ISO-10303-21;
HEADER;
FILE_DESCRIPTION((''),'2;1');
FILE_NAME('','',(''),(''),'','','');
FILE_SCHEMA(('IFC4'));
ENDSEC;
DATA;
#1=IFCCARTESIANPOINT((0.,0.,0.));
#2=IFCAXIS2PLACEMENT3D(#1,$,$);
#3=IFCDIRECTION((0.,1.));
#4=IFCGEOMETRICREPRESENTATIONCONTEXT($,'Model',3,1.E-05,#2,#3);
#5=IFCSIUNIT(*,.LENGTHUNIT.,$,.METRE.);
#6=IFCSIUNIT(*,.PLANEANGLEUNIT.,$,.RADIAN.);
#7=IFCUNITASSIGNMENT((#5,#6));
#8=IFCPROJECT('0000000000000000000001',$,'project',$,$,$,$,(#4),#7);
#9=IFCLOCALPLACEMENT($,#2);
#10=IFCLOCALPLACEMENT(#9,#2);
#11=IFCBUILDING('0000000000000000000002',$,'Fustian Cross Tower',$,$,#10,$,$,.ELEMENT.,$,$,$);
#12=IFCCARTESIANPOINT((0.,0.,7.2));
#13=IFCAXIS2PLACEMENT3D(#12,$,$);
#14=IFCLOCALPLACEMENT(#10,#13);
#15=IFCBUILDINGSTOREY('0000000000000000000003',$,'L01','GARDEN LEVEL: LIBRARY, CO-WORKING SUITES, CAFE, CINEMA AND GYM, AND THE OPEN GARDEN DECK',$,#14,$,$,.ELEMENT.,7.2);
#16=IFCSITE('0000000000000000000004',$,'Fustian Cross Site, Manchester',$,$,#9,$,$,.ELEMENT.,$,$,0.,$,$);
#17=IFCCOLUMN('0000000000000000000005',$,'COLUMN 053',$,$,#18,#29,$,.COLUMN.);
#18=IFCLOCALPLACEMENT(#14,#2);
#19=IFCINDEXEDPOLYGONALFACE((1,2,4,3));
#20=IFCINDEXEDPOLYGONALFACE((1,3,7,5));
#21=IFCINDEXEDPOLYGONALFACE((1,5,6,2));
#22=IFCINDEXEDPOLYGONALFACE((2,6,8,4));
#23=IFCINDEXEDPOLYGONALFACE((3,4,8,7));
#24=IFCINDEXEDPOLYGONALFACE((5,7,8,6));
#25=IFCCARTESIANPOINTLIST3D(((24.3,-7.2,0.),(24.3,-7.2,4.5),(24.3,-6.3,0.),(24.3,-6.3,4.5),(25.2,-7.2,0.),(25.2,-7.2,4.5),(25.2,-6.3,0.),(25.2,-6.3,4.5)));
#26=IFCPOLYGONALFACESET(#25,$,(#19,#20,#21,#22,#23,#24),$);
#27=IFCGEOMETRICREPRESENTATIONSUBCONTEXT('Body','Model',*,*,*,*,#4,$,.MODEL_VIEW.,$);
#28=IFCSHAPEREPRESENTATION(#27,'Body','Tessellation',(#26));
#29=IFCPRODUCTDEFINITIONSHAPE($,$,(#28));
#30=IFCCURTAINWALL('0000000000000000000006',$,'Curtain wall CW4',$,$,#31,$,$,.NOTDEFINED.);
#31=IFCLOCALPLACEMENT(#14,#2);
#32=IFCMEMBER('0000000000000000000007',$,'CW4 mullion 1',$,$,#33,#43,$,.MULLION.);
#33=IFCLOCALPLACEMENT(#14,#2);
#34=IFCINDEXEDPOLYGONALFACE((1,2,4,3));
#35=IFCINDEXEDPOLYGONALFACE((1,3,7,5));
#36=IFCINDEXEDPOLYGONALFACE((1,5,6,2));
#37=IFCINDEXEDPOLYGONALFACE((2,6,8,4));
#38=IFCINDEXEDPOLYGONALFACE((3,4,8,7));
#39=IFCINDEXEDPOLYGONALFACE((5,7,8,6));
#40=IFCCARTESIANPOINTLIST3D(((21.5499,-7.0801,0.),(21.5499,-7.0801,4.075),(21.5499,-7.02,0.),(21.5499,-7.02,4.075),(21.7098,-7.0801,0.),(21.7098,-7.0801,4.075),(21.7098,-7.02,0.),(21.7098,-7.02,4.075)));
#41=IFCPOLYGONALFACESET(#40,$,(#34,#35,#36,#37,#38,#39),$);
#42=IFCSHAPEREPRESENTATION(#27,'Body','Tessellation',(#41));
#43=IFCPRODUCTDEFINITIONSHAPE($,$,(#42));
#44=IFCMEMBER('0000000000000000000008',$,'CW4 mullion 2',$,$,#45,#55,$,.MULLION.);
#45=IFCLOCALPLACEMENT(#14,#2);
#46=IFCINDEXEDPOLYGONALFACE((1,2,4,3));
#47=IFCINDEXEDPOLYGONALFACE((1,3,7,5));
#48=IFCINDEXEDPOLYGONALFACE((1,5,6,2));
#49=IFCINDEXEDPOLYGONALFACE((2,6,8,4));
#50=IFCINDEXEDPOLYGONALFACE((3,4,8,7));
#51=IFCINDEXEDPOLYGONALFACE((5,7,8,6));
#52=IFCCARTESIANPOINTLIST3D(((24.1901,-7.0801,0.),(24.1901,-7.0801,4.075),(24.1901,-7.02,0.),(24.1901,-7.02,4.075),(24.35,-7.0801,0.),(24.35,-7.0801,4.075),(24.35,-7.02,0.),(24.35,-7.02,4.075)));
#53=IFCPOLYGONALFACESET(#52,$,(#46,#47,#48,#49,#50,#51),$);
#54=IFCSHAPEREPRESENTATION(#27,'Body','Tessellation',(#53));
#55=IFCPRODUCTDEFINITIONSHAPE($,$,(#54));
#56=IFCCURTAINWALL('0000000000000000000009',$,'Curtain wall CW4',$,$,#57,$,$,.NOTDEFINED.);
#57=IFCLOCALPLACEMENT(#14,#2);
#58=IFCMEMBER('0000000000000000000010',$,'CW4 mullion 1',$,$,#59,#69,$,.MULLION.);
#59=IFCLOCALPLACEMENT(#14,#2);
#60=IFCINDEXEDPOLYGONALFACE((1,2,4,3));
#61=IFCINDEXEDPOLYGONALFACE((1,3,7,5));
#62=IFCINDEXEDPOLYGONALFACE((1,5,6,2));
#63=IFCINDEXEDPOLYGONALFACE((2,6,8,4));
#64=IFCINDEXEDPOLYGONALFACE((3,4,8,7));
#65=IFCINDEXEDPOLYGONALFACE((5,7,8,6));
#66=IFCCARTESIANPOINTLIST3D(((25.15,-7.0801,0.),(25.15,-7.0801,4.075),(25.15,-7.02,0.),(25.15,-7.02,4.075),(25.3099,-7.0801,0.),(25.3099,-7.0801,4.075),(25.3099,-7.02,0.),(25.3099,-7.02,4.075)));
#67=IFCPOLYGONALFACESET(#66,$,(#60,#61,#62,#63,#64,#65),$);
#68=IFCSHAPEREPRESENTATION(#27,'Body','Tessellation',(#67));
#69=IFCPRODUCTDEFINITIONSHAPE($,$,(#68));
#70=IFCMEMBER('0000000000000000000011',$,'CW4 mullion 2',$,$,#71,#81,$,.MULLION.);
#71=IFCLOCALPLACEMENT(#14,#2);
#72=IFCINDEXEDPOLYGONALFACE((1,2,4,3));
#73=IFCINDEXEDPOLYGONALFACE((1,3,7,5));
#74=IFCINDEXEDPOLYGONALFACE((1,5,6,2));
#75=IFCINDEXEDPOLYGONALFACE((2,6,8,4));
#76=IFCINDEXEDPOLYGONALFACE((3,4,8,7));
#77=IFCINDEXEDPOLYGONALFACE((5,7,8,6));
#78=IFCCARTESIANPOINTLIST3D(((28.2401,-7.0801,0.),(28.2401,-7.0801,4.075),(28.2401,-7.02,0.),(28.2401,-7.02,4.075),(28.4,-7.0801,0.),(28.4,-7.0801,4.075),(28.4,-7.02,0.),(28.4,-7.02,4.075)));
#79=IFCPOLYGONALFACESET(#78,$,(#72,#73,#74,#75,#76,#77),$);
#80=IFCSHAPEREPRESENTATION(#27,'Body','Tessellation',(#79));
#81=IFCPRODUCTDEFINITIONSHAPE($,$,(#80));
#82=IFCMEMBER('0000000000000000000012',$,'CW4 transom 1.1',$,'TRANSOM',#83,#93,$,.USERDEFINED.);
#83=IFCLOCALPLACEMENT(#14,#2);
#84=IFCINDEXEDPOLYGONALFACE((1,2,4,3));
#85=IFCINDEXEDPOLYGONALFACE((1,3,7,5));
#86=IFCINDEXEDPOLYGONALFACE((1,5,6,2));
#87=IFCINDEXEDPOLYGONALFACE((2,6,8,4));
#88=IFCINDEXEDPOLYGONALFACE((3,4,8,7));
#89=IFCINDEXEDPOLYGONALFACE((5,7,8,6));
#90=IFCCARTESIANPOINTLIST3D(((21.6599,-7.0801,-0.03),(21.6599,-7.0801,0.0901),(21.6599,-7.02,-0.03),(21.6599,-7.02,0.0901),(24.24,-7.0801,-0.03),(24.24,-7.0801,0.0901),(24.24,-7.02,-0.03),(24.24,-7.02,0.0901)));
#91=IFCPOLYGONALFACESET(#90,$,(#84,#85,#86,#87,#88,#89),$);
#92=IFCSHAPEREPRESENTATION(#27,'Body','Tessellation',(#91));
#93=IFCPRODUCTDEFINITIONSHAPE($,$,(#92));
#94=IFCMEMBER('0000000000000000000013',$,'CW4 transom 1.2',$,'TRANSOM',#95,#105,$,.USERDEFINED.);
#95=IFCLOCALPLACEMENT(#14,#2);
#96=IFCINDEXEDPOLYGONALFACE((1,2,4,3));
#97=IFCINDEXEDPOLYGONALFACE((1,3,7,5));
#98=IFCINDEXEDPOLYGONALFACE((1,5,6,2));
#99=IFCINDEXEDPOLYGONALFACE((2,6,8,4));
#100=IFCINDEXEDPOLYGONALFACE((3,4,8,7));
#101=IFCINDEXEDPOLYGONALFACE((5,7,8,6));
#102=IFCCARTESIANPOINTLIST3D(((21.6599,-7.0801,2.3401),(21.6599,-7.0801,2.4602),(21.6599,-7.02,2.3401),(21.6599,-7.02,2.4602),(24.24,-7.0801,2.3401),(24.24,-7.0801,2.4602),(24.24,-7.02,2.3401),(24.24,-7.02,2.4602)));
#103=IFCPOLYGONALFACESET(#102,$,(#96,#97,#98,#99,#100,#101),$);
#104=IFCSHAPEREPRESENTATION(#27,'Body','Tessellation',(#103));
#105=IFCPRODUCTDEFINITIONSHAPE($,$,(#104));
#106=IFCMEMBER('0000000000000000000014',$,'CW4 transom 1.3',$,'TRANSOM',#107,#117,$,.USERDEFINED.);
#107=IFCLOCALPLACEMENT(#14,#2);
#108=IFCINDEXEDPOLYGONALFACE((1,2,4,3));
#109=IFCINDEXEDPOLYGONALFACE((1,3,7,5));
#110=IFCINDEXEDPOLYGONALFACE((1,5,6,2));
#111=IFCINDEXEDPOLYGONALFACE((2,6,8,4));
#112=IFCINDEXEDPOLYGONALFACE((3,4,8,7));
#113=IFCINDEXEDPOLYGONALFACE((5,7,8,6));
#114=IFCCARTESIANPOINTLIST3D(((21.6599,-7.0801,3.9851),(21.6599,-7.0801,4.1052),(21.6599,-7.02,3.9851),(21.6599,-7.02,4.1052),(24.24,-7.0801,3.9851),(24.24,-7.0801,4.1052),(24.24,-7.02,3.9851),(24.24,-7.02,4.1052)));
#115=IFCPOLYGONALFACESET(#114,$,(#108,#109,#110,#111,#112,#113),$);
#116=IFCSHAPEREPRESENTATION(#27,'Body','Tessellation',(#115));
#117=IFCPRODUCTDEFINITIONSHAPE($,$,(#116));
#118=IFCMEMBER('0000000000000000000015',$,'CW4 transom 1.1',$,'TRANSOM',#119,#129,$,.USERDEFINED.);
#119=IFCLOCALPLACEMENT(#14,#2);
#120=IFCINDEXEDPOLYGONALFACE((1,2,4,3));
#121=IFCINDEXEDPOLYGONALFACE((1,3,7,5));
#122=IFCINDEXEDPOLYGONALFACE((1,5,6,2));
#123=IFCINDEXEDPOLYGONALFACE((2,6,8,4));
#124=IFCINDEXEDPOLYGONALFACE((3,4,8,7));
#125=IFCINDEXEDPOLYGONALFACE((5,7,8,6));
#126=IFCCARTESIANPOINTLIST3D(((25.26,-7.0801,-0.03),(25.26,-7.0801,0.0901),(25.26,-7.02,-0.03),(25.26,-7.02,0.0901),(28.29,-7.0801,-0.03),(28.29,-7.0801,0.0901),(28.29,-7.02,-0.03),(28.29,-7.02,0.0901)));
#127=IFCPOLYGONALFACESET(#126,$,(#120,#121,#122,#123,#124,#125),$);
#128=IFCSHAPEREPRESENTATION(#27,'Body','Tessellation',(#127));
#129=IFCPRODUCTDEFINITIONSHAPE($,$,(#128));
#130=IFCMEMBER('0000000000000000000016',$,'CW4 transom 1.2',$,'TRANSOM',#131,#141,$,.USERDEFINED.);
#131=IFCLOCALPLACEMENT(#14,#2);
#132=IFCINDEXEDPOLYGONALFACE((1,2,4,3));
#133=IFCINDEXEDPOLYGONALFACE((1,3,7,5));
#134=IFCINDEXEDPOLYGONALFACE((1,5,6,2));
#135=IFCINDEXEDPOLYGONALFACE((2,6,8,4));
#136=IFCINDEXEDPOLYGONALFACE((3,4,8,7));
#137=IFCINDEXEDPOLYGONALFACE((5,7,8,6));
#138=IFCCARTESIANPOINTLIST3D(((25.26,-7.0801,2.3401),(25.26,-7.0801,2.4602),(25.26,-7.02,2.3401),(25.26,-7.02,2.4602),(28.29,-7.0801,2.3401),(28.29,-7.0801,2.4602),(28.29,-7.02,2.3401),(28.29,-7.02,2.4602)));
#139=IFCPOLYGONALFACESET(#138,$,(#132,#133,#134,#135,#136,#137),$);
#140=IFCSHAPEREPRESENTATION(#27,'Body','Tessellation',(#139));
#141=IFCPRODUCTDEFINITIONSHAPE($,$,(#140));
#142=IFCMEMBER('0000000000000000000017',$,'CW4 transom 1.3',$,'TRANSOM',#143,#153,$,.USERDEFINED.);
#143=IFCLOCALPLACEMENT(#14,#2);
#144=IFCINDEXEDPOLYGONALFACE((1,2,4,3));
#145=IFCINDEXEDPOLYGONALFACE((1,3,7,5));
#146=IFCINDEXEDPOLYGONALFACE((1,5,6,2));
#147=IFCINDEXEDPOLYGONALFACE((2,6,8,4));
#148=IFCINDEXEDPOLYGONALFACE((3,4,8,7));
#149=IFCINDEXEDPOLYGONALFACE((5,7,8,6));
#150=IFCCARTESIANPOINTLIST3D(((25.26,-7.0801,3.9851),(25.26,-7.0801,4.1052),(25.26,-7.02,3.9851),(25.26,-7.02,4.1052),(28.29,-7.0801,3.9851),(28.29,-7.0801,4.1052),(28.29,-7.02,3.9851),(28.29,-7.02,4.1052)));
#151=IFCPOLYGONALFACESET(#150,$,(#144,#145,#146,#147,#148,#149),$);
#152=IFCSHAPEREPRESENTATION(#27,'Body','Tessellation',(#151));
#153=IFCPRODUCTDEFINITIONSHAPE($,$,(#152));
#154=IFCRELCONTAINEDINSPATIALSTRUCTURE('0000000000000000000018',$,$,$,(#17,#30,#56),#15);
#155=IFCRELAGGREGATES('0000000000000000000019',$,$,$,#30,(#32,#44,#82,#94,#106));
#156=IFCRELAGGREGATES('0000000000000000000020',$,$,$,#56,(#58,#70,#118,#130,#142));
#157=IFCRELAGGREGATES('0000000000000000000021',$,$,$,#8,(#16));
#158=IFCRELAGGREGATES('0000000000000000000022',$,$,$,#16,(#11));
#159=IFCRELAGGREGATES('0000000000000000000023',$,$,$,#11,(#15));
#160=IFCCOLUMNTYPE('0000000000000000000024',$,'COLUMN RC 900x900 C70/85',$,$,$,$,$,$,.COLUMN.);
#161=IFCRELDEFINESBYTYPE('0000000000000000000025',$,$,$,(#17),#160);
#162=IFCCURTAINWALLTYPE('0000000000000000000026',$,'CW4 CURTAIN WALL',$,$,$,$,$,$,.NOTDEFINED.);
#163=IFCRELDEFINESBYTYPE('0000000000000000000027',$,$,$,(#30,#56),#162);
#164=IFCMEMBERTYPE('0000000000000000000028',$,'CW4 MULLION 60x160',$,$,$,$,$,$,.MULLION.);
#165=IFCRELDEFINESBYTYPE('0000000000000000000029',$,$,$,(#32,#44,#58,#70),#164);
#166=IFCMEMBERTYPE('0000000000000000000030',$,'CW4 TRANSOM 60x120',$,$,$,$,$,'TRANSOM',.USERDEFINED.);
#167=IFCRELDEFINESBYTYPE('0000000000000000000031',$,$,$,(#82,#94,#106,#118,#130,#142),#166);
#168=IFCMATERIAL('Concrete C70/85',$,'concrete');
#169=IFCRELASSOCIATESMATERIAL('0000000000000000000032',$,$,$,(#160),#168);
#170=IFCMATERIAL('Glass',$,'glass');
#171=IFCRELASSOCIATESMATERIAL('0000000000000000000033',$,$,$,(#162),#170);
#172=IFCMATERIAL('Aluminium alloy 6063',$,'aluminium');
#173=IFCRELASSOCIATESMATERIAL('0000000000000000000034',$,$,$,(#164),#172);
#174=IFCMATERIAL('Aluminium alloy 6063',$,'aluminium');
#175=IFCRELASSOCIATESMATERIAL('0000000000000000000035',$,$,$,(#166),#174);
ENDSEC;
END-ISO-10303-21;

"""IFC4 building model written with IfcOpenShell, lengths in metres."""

from ifc_helpers import new_model, si_unit, direction, frame, origin, origin_2d, place, context, subcontext, project, spatial, rectangle, extrude, material, material_profile, profile_set, type_object, element, aggregate, save


model = new_model("IFC4")

# Units and contexts
model_context = context("Model", 3, precision=1e-05, world=origin(), true_north=direction((0.0, 1.0)))
body_context = subcontext(model_context, "Body", "Model", "MODEL_VIEW")
ifc_project = project(units=[si_unit("LENGTHUNIT", "METRE"), si_unit("PLANEANGLEUNIT", "RADIAN")], contexts=[model_context])

# Site, building, storey
site_placement = place(None, origin())
site = spatial("IfcSite", under=ifc_project, at=site_placement, Name="Fustian Cross Site, Manchester", CompositionType="ELEMENT", RefElevation=0.0)
building_placement = place(site_placement, origin())
building = spatial("IfcBuilding", under=site, at=building_placement, Name="Fustian Cross Tower", CompositionType="ELEMENT")
storey_placement = place(building_placement, frame((0.0, 0.0, 7.2)))
storey = spatial("IfcBuildingStorey", under=building, at=storey_placement, Name="L01", Description="GARDEN LEVEL: LIBRARY, CO-WORKING SUITES, CAFE, CINEMA AND GYM, AND THE OPEN GARDEN DECK", CompositionType="ELEMENT", Elevation=7.2)

# Column
ifc_material_1 = material(Name="Concrete C70/85", Category="concrete")
ifc_material_profile_1 = material_profile(ifc_material_1, rectangle(XDim=0.8999, YDim=0.8999, at=origin_2d()), Name="RC 900x900")
ifc_profile_set_1 = profile_set([ifc_material_profile_1], Name="Concrete C70/85")
column_type = type_object("IfcColumnType", Name="COLUMN RC 900x900 C70/85", PredefinedType="COLUMN", material=ifc_profile_set_1)
column_placement = place(storey_placement, frame((24.75, -6.75, 0.0), z_axis=(0.0, 0.0, 1.0), x_axis=(1.0, 0.0, 0.0)))
element("IfcColumn", 1, at=column_placement, inside=storey, type_object=column_type, Name="COLUMN 053", PredefinedType="COLUMN", context=body_context, shape_type="SweptSolid", body=[
    extrude(rectangle(XDim=0.8999, YDim=0.8999, at=origin_2d()), origin(), (0.0, 0.0, 1.0), 4.5),
])

# Curtain walls, members
ifc_material_2 = material(Name="Glass", Category="glass")
curtain_wall_type = type_object("IfcCurtainWallType", Name="CW4 CURTAIN WALL", PredefinedType="NOTDEFINED", material=ifc_material_2)
curtain_wall_1_placement = place(storey_placement, origin())
curtain_wall_1 = element("IfcCurtainWall", 2, at=curtain_wall_1_placement, inside=storey, type_object=curtain_wall_type, Name="Curtain wall CW4", PredefinedType="NOTDEFINED")
ifc_material_3 = material(Name="Aluminium alloy 6063", Category="aluminium")
ifc_material_profile_2 = material_profile(ifc_material_3, rectangle(XDim=0.0601, YDim=0.1599, at=origin_2d()), Name="CW4 MULLION 60x160")
ifc_profile_set_2 = profile_set([ifc_material_profile_2], Name="Aluminium alloy 6063")
member_type_1 = type_object("IfcMemberType", Name="CW4 MULLION 60x160", PredefinedType="MULLION", material=ifc_profile_set_2)
member_1_placement = place(storey_placement, frame((21.6299, -7.05, 0.0), z_axis=(0.0, 0.0, 1.0), x_axis=(0.0, 1.0, 0.0)))
member_1 = element("IfcMember", 3, at=member_1_placement, type_object=member_type_1, Name="CW4 mullion 1", PredefinedType="MULLION", context=body_context, shape_type="SweptSolid", body=[
    extrude(rectangle(XDim=0.0601, YDim=0.1599, at=origin_2d()), origin(), (0.0, 0.0, 1.0), 4.075),
])
member_2_placement = place(storey_placement, frame((24.27, -7.05, 0.0), z_axis=(0.0, 0.0, 1.0), x_axis=(0.0, 1.0, 0.0)))
member_2 = element("IfcMember", 4, at=member_2_placement, type_object=member_type_1, Name="CW4 mullion 2", PredefinedType="MULLION", context=body_context, shape_type="SweptSolid", body=[
    extrude(rectangle(XDim=0.0601, YDim=0.1599, at=origin_2d()), origin(), (0.0, 0.0, 1.0), 4.075),
])
curtain_wall_2_placement = place(storey_placement, origin())
curtain_wall_2 = element("IfcCurtainWall", 5, at=curtain_wall_2_placement, inside=storey, type_object=curtain_wall_type, Name="Curtain wall CW4", PredefinedType="NOTDEFINED")
member_3_placement = place(storey_placement, frame((25.23, -7.05, 0.0), z_axis=(0.0, 0.0, 1.0), x_axis=(0.0, 1.0, 0.0)))
member_3 = element("IfcMember", 6, at=member_3_placement, type_object=member_type_1, Name="CW4 mullion 1", PredefinedType="MULLION", context=body_context, shape_type="SweptSolid", body=[
    extrude(rectangle(XDim=0.0601, YDim=0.1599, at=origin_2d()), origin(), (0.0, 0.0, 1.0), 4.075),
])
member_4_placement = place(storey_placement, frame((28.3201, -7.05, 0.0), z_axis=(0.0, 0.0, 1.0), x_axis=(0.0, 1.0, 0.0)))
member_4 = element("IfcMember", 7, at=member_4_placement, type_object=member_type_1, Name="CW4 mullion 2", PredefinedType="MULLION", context=body_context, shape_type="SweptSolid", body=[
    extrude(rectangle(XDim=0.0601, YDim=0.1599, at=origin_2d()), origin(), (0.0, 0.0, 1.0), 4.075),
])

# Members
ifc_material_4 = material(Name="Aluminium alloy 6063", Category="aluminium")
ifc_material_profile_3 = material_profile(ifc_material_4, rectangle(XDim=0.0601, YDim=0.1201, at=origin_2d()), Name="CW4 TRANSOM 60x120")
ifc_profile_set_3 = profile_set([ifc_material_profile_3], Name="Aluminium alloy 6063")
member_type_2 = type_object("IfcMemberType", Name="CW4 TRANSOM 60x120", ElementType="TRANSOM", PredefinedType="USERDEFINED", material=ifc_profile_set_3)
member_5_placement = place(storey_placement, frame((21.6599, -7.05, 0.03), z_axis=(1.0, 0.0, 0.0), x_axis=(0.0, 1.0, 0.0)))
member_5 = element("IfcMember", 8, at=member_5_placement, type_object=member_type_2, Name="CW4 transom 1.1", ObjectType="TRANSOM", PredefinedType="USERDEFINED", context=body_context, shape_type="SweptSolid", body=[
    extrude(rectangle(XDim=0.0601, YDim=0.1201, at=origin_2d()), origin(), (0.0, 0.0, 1.0), 2.5801),
])
member_6_placement = place(storey_placement, frame((21.6599, -7.05, 2.4001), z_axis=(1.0, 0.0, 0.0), x_axis=(0.0, 1.0, 0.0)))
member_6 = element("IfcMember", 9, at=member_6_placement, type_object=member_type_2, Name="CW4 transom 1.2", ObjectType="TRANSOM", PredefinedType="USERDEFINED", context=body_context, shape_type="SweptSolid", body=[
    extrude(rectangle(XDim=0.0601, YDim=0.1201, at=origin_2d()), origin(), (0.0, 0.0, 1.0), 2.5801),
])
member_7_placement = place(storey_placement, frame((21.6599, -7.05, 4.0452), z_axis=(1.0, 0.0, 0.0), x_axis=(0.0, 1.0, 0.0)))
member_7 = element("IfcMember", 10, at=member_7_placement, type_object=member_type_2, Name="CW4 transom 1.3", ObjectType="TRANSOM", PredefinedType="USERDEFINED", context=body_context, shape_type="SweptSolid", body=[
    extrude(rectangle(XDim=0.0601, YDim=0.1201, at=origin_2d()), origin(), (0.0, 0.0, 1.0), 2.5801),
])
member_8_placement = place(storey_placement, frame((25.26, -7.05, 0.03), z_axis=(1.0, 0.0, 0.0), x_axis=(0.0, 1.0, 0.0)))
member_8 = element("IfcMember", 11, at=member_8_placement, type_object=member_type_2, Name="CW4 transom 1.1", ObjectType="TRANSOM", PredefinedType="USERDEFINED", context=body_context, shape_type="SweptSolid", body=[
    extrude(rectangle(XDim=0.0601, YDim=0.1201, at=origin_2d()), origin(), (0.0, 0.0, 1.0), 3.03),
])
member_9_placement = place(storey_placement, frame((25.26, -7.05, 2.4001), z_axis=(1.0, 0.0, 0.0), x_axis=(0.0, 1.0, 0.0)))
member_9 = element("IfcMember", 12, at=member_9_placement, type_object=member_type_2, Name="CW4 transom 1.2", ObjectType="TRANSOM", PredefinedType="USERDEFINED", context=body_context, shape_type="SweptSolid", body=[
    extrude(rectangle(XDim=0.0601, YDim=0.1201, at=origin_2d()), origin(), (0.0, 0.0, 1.0), 3.03),
])
member_10_placement = place(storey_placement, frame((25.26, -7.05, 4.0452), z_axis=(1.0, 0.0, 0.0), x_axis=(0.0, 1.0, 0.0)))
member_10 = element("IfcMember", 13, at=member_10_placement, type_object=member_type_2, Name="CW4 transom 1.3", ObjectType="TRANSOM", PredefinedType="USERDEFINED", context=body_context, shape_type="SweptSolid", body=[
    extrude(rectangle(XDim=0.0601, YDim=0.1201, at=origin_2d()), origin(), (0.0, 0.0, 1.0), 3.03),
])

aggregate(curtain_wall_1, [member_1, member_2, member_5, member_6, member_7])
aggregate(curtain_wall_2, [member_3, member_4, member_8, member_9, member_10])

save(model, "model.ifc")
